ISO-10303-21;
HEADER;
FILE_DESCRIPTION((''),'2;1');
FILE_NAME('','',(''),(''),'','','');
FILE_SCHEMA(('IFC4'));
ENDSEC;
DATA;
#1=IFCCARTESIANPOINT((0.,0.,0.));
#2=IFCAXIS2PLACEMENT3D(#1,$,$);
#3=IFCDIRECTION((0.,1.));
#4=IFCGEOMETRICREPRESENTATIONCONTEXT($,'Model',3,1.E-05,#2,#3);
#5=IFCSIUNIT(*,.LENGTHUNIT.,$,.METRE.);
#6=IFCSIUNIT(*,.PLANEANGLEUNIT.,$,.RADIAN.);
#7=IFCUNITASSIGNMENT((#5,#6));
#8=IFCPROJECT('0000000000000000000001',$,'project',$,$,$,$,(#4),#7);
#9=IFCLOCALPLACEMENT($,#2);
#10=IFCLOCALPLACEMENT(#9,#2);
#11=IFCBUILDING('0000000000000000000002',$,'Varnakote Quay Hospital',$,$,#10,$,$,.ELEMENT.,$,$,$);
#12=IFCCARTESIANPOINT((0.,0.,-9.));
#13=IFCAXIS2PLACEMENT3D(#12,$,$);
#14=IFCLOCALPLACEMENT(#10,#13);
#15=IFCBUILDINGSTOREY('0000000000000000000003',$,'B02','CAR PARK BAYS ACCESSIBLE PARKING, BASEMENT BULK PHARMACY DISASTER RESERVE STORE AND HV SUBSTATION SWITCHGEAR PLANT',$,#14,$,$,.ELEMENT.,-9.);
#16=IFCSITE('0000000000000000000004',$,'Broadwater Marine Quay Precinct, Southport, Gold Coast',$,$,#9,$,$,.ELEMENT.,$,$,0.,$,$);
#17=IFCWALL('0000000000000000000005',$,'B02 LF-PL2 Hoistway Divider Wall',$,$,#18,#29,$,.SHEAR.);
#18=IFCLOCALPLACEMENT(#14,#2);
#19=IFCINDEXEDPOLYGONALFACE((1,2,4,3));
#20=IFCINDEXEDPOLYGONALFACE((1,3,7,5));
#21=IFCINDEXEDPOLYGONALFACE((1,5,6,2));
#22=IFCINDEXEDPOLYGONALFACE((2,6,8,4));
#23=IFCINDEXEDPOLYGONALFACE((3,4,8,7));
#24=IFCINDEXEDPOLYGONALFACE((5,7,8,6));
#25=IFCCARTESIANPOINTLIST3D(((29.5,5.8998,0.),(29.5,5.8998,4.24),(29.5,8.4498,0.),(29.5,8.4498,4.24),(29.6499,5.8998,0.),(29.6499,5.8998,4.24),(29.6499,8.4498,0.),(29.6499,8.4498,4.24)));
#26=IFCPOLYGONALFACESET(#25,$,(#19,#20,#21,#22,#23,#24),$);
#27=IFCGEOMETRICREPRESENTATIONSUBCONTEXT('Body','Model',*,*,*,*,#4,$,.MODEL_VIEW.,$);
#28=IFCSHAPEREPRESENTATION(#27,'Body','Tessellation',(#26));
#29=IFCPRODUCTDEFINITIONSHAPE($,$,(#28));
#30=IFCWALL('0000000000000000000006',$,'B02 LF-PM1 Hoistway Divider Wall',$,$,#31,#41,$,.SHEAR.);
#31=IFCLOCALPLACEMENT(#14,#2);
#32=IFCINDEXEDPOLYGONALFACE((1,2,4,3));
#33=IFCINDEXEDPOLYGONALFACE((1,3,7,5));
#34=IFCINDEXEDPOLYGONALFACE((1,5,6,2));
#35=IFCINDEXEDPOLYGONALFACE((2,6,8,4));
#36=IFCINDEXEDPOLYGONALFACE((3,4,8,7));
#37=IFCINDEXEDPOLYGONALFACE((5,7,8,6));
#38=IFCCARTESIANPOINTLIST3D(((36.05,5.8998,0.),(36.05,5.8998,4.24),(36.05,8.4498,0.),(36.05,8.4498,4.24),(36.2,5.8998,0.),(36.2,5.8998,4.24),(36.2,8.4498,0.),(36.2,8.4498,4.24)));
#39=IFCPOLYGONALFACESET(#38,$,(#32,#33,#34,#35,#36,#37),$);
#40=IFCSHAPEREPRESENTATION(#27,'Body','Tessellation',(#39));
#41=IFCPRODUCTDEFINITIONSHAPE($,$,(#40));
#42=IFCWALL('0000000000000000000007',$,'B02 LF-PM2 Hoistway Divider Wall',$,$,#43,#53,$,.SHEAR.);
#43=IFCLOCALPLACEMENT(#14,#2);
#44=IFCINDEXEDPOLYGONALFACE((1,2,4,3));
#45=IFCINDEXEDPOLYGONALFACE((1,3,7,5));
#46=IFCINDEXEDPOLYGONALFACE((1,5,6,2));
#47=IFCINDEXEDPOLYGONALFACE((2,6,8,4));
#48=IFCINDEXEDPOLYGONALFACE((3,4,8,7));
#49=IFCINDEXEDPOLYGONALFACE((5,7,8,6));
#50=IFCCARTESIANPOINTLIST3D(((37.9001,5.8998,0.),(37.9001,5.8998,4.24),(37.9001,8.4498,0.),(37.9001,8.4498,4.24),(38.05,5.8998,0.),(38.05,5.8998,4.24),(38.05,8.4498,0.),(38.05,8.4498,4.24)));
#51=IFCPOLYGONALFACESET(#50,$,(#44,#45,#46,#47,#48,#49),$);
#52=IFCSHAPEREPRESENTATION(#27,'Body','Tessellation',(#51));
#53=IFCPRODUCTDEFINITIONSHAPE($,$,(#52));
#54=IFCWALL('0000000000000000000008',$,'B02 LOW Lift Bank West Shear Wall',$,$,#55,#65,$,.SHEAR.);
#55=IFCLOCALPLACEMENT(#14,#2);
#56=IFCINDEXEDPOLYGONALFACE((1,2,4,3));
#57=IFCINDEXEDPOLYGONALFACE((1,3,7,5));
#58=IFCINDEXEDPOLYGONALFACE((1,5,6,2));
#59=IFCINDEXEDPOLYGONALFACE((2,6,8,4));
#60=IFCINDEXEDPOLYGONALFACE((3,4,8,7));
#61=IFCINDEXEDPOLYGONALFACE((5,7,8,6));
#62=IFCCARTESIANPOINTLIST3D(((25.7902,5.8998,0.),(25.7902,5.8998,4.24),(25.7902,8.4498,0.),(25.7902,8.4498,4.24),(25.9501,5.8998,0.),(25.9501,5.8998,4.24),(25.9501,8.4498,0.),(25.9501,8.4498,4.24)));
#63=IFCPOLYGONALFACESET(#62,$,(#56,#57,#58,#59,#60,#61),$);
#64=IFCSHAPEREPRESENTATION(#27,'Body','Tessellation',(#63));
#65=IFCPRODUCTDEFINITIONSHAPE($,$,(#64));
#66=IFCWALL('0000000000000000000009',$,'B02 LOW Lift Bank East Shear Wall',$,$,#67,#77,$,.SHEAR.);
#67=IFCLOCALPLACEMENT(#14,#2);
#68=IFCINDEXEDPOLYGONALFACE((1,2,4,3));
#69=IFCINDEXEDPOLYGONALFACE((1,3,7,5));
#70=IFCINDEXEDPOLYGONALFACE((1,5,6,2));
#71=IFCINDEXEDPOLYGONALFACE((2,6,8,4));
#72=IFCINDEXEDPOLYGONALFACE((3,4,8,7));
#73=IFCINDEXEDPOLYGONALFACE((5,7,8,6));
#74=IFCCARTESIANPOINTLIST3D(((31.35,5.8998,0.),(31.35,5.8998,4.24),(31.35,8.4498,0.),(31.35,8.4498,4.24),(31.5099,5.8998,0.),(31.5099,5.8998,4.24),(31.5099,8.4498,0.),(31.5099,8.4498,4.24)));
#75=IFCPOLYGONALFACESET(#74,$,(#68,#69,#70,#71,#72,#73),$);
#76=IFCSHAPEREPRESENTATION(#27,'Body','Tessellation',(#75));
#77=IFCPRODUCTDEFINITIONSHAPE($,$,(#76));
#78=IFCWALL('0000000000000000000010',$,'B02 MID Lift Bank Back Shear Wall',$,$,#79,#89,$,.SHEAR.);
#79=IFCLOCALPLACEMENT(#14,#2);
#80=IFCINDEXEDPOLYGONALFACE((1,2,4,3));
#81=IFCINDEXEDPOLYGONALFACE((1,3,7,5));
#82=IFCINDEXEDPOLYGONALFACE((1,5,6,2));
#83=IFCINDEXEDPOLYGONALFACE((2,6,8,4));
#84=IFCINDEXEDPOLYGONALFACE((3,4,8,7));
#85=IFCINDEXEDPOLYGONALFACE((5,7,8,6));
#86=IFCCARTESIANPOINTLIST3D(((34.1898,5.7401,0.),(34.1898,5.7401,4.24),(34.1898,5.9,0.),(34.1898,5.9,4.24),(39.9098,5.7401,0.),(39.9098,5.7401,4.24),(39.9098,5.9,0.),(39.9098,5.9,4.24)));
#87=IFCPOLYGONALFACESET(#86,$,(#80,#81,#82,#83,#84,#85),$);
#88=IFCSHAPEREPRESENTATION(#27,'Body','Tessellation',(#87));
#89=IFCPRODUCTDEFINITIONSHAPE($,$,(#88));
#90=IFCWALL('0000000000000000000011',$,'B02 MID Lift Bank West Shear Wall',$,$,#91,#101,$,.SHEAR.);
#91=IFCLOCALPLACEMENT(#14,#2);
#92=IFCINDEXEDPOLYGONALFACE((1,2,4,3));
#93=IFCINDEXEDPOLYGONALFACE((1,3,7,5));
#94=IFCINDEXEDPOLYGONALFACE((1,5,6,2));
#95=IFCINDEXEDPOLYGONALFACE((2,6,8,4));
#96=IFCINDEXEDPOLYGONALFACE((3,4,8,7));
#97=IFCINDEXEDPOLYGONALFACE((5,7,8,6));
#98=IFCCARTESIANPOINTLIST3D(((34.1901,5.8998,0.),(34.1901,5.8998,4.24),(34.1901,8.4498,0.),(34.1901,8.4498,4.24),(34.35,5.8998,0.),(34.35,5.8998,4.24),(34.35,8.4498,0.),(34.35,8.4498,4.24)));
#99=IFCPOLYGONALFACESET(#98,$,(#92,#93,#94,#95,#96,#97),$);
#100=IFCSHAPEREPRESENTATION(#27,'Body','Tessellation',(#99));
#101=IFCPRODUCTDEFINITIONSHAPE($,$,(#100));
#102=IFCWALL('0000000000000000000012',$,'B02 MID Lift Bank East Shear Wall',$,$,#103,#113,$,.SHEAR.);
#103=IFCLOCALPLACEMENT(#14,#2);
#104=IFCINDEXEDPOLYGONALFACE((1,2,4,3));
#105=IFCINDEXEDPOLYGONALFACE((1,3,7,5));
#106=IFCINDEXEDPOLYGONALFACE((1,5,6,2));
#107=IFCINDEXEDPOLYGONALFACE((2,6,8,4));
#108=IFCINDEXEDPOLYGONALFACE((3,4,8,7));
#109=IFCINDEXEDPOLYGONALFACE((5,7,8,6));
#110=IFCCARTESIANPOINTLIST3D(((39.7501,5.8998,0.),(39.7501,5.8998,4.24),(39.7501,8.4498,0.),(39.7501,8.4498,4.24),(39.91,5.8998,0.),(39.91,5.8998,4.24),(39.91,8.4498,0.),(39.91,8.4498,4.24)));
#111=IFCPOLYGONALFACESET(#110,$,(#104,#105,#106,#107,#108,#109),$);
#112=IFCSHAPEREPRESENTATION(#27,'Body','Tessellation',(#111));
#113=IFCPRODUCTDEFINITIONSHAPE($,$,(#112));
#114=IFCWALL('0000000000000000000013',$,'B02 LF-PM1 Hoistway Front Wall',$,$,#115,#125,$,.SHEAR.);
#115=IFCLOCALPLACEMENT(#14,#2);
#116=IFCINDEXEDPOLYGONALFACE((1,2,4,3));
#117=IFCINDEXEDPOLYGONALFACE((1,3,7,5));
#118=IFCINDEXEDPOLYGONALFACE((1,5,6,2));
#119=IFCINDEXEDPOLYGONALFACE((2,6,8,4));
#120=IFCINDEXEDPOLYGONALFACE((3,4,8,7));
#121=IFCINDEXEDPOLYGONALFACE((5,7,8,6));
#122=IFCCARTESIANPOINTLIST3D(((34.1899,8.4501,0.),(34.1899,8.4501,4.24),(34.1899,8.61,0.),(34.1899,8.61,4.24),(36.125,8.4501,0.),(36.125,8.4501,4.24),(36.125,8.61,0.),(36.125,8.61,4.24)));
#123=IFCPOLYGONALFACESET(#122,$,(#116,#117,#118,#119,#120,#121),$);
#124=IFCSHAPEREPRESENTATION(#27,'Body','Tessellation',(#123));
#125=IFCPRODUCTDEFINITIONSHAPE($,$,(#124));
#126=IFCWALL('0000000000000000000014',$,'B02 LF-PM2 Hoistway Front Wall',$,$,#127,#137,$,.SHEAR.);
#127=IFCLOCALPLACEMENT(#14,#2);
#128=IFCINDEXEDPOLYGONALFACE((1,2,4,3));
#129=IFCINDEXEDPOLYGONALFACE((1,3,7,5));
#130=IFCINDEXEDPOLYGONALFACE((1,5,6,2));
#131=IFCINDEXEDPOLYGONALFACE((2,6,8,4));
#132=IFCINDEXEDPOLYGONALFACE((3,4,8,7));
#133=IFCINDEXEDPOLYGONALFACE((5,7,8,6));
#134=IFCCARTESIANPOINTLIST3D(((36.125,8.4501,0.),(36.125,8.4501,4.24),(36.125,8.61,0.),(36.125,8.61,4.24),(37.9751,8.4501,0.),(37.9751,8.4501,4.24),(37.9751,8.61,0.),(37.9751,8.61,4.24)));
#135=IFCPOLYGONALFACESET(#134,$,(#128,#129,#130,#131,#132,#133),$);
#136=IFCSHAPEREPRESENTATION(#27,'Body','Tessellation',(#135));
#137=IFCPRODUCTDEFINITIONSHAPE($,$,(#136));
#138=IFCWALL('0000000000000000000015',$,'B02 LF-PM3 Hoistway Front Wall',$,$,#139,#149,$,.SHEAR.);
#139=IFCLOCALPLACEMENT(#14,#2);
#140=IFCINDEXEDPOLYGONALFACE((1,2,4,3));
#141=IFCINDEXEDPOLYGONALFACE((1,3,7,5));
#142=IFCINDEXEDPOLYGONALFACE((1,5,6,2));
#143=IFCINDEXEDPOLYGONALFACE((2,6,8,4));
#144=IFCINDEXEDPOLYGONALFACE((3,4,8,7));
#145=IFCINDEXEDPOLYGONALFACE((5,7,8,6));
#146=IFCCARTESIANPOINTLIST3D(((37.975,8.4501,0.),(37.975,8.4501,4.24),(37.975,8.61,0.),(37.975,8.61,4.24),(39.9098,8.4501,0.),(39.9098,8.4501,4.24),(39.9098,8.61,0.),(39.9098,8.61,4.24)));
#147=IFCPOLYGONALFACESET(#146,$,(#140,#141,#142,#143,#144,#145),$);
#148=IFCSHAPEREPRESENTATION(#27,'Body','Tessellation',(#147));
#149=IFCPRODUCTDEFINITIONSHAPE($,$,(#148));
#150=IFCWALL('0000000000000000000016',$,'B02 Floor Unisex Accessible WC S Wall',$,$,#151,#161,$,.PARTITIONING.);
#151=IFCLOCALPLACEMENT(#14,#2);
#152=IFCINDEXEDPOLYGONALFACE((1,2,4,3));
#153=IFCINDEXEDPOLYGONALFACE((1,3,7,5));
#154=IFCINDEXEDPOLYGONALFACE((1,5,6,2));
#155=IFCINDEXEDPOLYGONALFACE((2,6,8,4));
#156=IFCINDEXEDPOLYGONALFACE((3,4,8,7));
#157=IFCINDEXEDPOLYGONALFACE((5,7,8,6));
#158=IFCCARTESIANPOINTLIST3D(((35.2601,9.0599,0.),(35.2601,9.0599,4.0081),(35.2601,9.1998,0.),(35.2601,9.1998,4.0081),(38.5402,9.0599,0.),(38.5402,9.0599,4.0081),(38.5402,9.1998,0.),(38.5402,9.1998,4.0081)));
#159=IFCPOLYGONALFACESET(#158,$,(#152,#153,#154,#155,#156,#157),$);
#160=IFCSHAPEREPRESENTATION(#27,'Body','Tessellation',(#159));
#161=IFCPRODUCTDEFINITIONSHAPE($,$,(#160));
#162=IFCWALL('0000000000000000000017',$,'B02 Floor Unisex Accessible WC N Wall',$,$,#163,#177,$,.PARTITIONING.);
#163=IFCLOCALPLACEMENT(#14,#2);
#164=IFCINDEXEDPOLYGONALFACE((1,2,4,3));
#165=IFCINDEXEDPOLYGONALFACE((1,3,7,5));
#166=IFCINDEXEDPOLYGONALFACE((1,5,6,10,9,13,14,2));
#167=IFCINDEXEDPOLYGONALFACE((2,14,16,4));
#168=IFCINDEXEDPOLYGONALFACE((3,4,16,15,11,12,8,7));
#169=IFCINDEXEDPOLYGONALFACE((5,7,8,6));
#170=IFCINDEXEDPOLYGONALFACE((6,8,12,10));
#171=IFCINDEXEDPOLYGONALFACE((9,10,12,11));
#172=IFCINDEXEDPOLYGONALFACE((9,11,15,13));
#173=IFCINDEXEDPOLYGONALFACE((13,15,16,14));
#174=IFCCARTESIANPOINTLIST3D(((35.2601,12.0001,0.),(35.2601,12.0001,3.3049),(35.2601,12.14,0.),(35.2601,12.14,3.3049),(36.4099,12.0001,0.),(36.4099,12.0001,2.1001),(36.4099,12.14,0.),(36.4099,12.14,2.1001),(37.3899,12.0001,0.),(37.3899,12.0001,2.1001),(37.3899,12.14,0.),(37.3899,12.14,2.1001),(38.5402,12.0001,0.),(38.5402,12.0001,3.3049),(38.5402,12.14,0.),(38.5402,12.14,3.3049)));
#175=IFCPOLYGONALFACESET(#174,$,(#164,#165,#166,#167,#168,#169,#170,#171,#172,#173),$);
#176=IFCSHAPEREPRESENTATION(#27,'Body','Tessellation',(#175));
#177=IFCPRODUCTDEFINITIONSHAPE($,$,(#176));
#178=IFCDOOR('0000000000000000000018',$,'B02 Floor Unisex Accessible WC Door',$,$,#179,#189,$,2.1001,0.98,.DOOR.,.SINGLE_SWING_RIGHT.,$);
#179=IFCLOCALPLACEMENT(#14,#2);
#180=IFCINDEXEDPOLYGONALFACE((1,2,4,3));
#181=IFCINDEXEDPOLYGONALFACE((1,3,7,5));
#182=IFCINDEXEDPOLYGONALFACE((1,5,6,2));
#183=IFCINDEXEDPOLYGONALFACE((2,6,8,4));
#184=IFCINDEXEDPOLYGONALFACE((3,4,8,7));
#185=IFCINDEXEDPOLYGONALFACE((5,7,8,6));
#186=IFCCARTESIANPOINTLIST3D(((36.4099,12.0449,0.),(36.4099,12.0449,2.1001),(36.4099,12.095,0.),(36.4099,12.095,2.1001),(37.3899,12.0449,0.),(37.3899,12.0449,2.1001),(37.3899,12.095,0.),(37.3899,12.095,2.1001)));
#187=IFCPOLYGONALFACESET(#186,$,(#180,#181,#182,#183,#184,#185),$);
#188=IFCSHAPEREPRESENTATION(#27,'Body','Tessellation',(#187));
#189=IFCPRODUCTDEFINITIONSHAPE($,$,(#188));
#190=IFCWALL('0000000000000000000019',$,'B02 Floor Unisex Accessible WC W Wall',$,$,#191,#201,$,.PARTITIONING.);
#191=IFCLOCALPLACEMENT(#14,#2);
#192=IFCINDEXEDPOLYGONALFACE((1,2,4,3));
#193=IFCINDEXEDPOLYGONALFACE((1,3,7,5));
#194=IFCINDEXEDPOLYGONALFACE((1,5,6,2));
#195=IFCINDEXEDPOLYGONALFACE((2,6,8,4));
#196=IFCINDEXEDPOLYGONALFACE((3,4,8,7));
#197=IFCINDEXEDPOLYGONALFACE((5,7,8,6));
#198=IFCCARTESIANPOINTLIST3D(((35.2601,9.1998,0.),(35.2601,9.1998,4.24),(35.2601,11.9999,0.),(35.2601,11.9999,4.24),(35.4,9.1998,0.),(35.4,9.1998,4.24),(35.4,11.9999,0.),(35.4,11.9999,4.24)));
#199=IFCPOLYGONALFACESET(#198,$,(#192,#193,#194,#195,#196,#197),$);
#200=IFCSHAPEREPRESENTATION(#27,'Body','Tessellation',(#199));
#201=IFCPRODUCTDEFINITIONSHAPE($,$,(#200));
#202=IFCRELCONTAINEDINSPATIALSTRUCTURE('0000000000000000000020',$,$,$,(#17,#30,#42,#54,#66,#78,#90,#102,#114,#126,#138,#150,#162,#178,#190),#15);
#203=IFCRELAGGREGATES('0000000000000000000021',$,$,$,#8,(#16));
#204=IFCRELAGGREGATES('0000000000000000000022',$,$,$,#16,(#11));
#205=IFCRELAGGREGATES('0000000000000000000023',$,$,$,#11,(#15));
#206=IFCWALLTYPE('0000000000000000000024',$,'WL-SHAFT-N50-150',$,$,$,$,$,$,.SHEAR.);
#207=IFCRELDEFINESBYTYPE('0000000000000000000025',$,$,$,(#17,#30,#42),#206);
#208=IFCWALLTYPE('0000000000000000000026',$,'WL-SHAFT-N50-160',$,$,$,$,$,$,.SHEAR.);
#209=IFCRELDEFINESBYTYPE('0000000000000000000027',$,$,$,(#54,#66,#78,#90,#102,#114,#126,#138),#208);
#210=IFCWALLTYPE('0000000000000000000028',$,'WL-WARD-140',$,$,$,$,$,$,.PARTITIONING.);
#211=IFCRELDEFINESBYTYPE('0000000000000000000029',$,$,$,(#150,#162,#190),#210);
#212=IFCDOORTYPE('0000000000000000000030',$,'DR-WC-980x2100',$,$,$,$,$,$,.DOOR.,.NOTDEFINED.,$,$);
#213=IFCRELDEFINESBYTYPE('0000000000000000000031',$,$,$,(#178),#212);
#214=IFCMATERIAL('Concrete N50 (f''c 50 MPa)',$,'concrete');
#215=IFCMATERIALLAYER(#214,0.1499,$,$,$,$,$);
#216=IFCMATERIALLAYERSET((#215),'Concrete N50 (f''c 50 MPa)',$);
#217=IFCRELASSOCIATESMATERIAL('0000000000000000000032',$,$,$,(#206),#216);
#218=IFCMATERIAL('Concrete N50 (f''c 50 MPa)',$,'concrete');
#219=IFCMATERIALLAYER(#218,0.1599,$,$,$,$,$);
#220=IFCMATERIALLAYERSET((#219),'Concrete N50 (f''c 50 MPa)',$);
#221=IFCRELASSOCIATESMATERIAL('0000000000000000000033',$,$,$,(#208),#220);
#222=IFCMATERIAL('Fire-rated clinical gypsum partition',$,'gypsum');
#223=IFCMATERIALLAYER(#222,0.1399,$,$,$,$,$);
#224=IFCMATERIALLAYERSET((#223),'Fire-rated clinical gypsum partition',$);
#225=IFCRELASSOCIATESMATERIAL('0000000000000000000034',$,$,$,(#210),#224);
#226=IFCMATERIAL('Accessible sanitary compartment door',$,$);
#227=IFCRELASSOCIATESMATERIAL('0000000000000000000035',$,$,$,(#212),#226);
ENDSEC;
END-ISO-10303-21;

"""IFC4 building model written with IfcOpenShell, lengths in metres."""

from ifc_helpers import new_model, si_unit, direction, frame, frame_2d, origin, place, context, subcontext, project, spatial, rectangle, extrude, material, layer, layer_set, type_object, element, fill, save


model = new_model("IFC4")

# Units and contexts
model_context = context("Model", 3, precision=1e-05, world=origin(), true_north=direction((0.0, 1.0)))
body_context = subcontext(model_context, "Body", "Model", "MODEL_VIEW")
ifc_project = project(units=[si_unit("LENGTHUNIT", "METRE"), si_unit("PLANEANGLEUNIT", "RADIAN")], contexts=[model_context])

# Site, building, storey
site_placement = place(None, origin())
site = spatial("IfcSite", under=ifc_project, at=site_placement, Name="Broadwater Marine Quay Precinct, Southport, Gold Coast", CompositionType="ELEMENT", RefElevation=0.0)
building_placement = place(site_placement, origin())
building = spatial("IfcBuilding", under=site, at=building_placement, Name="Varnakote Quay Hospital", CompositionType="ELEMENT")
storey_placement = place(building_placement, frame((0.0, 0.0, -9.0)))
storey = spatial("IfcBuildingStorey", under=building, at=storey_placement, Name="B02", Description="CAR PARK BAYS ACCESSIBLE PARKING, BASEMENT BULK PHARMACY DISASTER RESERVE STORE AND HV SUBSTATION SWITCHGEAR PLANT", CompositionType="ELEMENT", Elevation=-9.0)

# Walls
ifc_material_1 = material(Name="Concrete N50 (f'c 50 MPa)", Category="concrete")
ifc_layer_1 = layer(ifc_material_1, 0.1499)
ifc_layer_set_1 = layer_set([ifc_layer_1], Name="Concrete N50 (f'c 50 MPa)")
wall_type_1 = type_object("IfcWallType", Name="WL-SHAFT-N50-150", PredefinedType="SHEAR", material=ifc_layer_set_1)
for number, where, z_axis, x_axis, name in (
    (1, (29.575, 5.8999, 0.0), (0.0, 0.0, 1.0), (0.0, 1.0, 0.0), "B02 LF-PL2 Hoistway Divider Wall"),
    (2, (36.125, 5.8999, 0.0), (0.0, 0.0, 1.0), (0.0, 1.0, 0.0), "B02 LF-PM1 Hoistway Divider Wall"),
    (3, (37.9751, 5.8999, 0.0), (0.0, 0.0, 1.0), (0.0, 1.0, 0.0), "B02 LF-PM2 Hoistway Divider Wall"),
):
    element("IfcWall", number, at=place(storey_placement, frame(where, z_axis=z_axis, x_axis=x_axis)), inside=storey, type_object=wall_type_1, Name=name, PredefinedType="SHEAR", context=body_context, shape_type="SweptSolid", body=[
        extrude(rectangle(XDim=2.55, YDim=0.1499, at=frame_2d((1.2749, 0.0))), origin(), (0.0, 0.0, 1.0), 4.24),
    ])
ifc_material_2 = material(Name="Concrete N50 (f'c 50 MPa)", Category="concrete")
ifc_layer_2 = layer(ifc_material_2, 0.1599)
ifc_layer_set_2 = layer_set([ifc_layer_2], Name="Concrete N50 (f'c 50 MPa)")
wall_type_2 = type_object("IfcWallType", Name="WL-SHAFT-N50-160", PredefinedType="SHEAR", material=ifc_layer_set_2)
for number, where, z_axis, x_axis, name in (
    (4, (25.8701, 5.8999, 0.0), (0.0, 0.0, 1.0), (0.0, 1.0, 0.0), "B02 LOW Lift Bank West Shear Wall"),
    (5, (31.4299, 5.8999, 0.0), (0.0, 0.0, 1.0), (0.0, 1.0, 0.0), "B02 LOW Lift Bank East Shear Wall"),
):
    element("IfcWall", number, at=place(storey_placement, frame(where, z_axis=z_axis, x_axis=x_axis)), inside=storey, type_object=wall_type_2, Name=name, PredefinedType="SHEAR", context=body_context, shape_type="SweptSolid", body=[
        extrude(rectangle(XDim=2.55, YDim=0.1599, at=frame_2d((1.2749, 0.0))), origin(), (0.0, 0.0, 1.0), 4.24),
    ])

# Walls
wall_1_placement = place(storey_placement, frame((34.1899, 5.8201, 0.0), z_axis=(0.0, 0.0, 1.0), x_axis=(1.0, 0.0, 0.0)))
element("IfcWall", 6, at=wall_1_placement, inside=storey, type_object=wall_type_2, Name="B02 MID Lift Bank Back Shear Wall", PredefinedType="SHEAR", context=body_context, shape_type="SweptSolid", body=[
    extrude(rectangle(XDim=5.72, YDim=0.1599, at=frame_2d((2.8599, 0.0))), origin(), (0.0, 0.0, 1.0), 4.24),
])
for number, where, z_axis, x_axis, name in (
    (7, (34.27, 5.8999, 0.0), (0.0, 0.0, 1.0), (0.0, 1.0, 0.0), "B02 MID Lift Bank West Shear Wall"),
    (8, (39.8301, 5.8999, 0.0), (0.0, 0.0, 1.0), (0.0, 1.0, 0.0), "B02 MID Lift Bank East Shear Wall"),
):
    element("IfcWall", number, at=place(storey_placement, frame(where, z_axis=z_axis, x_axis=x_axis)), inside=storey, type_object=wall_type_2, Name=name, PredefinedType="SHEAR", context=body_context, shape_type="SweptSolid", body=[
        extrude(rectangle(XDim=2.55, YDim=0.1599, at=frame_2d((1.2749, 0.0))), origin(), (0.0, 0.0, 1.0), 4.24),
    ])
wall_2_placement = place(storey_placement, frame((34.1899, 8.53, 0.0), z_axis=(0.0, 0.0, 1.0), x_axis=(1.0, 0.0, 0.0)))
element("IfcWall", 9, at=wall_2_placement, inside=storey, type_object=wall_type_2, Name="B02 LF-PM1 Hoistway Front Wall", PredefinedType="SHEAR", context=body_context, shape_type="SweptSolid", body=[
    extrude(rectangle(XDim=1.9351, YDim=0.1599, at=frame_2d((0.9675, 0.0))), origin(), (0.0, 0.0, 1.0), 4.24),
])
wall_3_placement = place(storey_placement, frame((36.125, 8.53, 0.0), z_axis=(0.0, 0.0, 1.0), x_axis=(1.0, 0.0, 0.0)))
element("IfcWall", 10, at=wall_3_placement, inside=storey, type_object=wall_type_2, Name="B02 LF-PM2 Hoistway Front Wall", PredefinedType="SHEAR", context=body_context, shape_type="SweptSolid", body=[
    extrude(rectangle(XDim=1.8501, YDim=0.1599, at=frame_2d((0.925, 0.0))), origin(), (0.0, 0.0, 1.0), 4.24),
])
wall_4_placement = place(storey_placement, frame((37.9751, 8.53, 0.0), z_axis=(0.0, 0.0, 1.0), x_axis=(1.0, 0.0, 0.0)))
element("IfcWall", 11, at=wall_4_placement, inside=storey, type_object=wall_type_2, Name="B02 LF-PM3 Hoistway Front Wall", PredefinedType="SHEAR", context=body_context, shape_type="SweptSolid", body=[
    extrude(rectangle(XDim=1.9348, YDim=0.1599, at=frame_2d((0.9673, 0.0))), origin(), (0.0, 0.0, 1.0), 4.24),
])
ifc_material_3 = material(Name="Fire-rated clinical gypsum partition", Category="gypsum")
ifc_layer_3 = layer(ifc_material_3, 0.1399)
ifc_layer_set_3 = layer_set([ifc_layer_3], Name="Fire-rated clinical gypsum partition")
wall_type_3 = type_object("IfcWallType", Name="WL-WARD-140", PredefinedType="PARTITIONING", material=ifc_layer_set_3)
wall_5_placement = place(storey_placement, frame((35.26, 9.1299, 0.0), z_axis=(0.0, 0.0, 1.0), x_axis=(1.0, 0.0, 0.0)))
element("IfcWall", 12, at=wall_5_placement, inside=storey, type_object=wall_type_3, Name="B02 Floor Unisex Accessible WC S Wall", PredefinedType="PARTITIONING", context=body_context, shape_type="SweptSolid", body=[
    extrude(rectangle(XDim=3.28, YDim=0.1399, at=frame_2d((1.6401, 0.0))), origin(), (0.0, 0.0, 1.0), 4.0081),
])

# Wall, opening, door
wall_6_placement = place(storey_placement, frame((35.26, 12.0701, 0.0), z_axis=(0.0, 0.0, 1.0), x_axis=(1.0, 0.0, 0.0)))
wall_6 = element("IfcWall", 13, at=wall_6_placement, inside=storey, type_object=wall_type_3, Name="B02 Floor Unisex Accessible WC N Wall", PredefinedType="PARTITIONING", context=body_context, shape_type="SweptSolid", body=[
    extrude(rectangle(XDim=3.28, YDim=0.1399, at=frame_2d((1.6401, 0.0))), origin(), (0.0, 0.0, 1.0), 3.3049),
])
opening_1_placement = place(wall_6_placement, frame((1.1499, 0.0, 0.0)))
opening_1 = element("IfcOpeningElement", 14, at=opening_1_placement, cuts=wall_6, PredefinedType="OPENING", context=body_context, shape_type="SweptSolid", body=[
    extrude(rectangle(XDim=0.98, YDim=2.1001, at=frame_2d((0.49, 1.05))), frame((0.0, 0.0798, 0.0), z_axis=(0.0, -1.0, 0.0), x_axis=(1.0, 0.0, 0.0)), (0.0, 0.0, 1.0), 0.1599),
])
ifc_material_4 = material(Name="Accessible sanitary compartment door")
door_type_1 = type_object("IfcDoorType", Name="DR-WC-980x2100", OperationType="NOTDEFINED", PredefinedType="DOOR", material=ifc_material_4)
door_1_placement = place(opening_1_placement, origin())
door_1 = element("IfcDoor", 15, at=door_1_placement, inside=storey, type_object=door_type_1, Name="B02 Floor Unisex Accessible WC Door", OperationType="SINGLE_SWING_RIGHT", OverallHeight=2.1001, OverallWidth=0.98, PredefinedType="DOOR", context=body_context, shape_type="SweptSolid", body=[
    extrude(rectangle(XDim=0.98, YDim=2.1001, at=frame_2d((0.49, 1.05))), frame((0.0, 0.0249, 0.0), z_axis=(0.0, -1.0, 0.0), x_axis=(1.0, 0.0, 0.0)), (0.0, 0.0, 1.0), 0.05),
])
fill(opening_1, door_1)

# Wall
for number, where, z_axis, x_axis, name in (
    (16, (35.3301, 9.2, 0.0), (0.0, 0.0, 1.0), (0.0, 1.0, 0.0), "B02 Floor Unisex Accessible WC W Wall"),
):
    element("IfcWall", number, at=place(storey_placement, frame(where, z_axis=z_axis, x_axis=x_axis)), inside=storey, type_object=wall_type_3, Name=name, PredefinedType="PARTITIONING", context=body_context, shape_type="SweptSolid", body=[
        extrude(rectangle(XDim=2.8, YDim=0.1399, at=frame_2d((1.3999, 0.0))), origin(), (0.0, 0.0, 1.0), 4.24),
    ])

save(model, "model.ifc")
